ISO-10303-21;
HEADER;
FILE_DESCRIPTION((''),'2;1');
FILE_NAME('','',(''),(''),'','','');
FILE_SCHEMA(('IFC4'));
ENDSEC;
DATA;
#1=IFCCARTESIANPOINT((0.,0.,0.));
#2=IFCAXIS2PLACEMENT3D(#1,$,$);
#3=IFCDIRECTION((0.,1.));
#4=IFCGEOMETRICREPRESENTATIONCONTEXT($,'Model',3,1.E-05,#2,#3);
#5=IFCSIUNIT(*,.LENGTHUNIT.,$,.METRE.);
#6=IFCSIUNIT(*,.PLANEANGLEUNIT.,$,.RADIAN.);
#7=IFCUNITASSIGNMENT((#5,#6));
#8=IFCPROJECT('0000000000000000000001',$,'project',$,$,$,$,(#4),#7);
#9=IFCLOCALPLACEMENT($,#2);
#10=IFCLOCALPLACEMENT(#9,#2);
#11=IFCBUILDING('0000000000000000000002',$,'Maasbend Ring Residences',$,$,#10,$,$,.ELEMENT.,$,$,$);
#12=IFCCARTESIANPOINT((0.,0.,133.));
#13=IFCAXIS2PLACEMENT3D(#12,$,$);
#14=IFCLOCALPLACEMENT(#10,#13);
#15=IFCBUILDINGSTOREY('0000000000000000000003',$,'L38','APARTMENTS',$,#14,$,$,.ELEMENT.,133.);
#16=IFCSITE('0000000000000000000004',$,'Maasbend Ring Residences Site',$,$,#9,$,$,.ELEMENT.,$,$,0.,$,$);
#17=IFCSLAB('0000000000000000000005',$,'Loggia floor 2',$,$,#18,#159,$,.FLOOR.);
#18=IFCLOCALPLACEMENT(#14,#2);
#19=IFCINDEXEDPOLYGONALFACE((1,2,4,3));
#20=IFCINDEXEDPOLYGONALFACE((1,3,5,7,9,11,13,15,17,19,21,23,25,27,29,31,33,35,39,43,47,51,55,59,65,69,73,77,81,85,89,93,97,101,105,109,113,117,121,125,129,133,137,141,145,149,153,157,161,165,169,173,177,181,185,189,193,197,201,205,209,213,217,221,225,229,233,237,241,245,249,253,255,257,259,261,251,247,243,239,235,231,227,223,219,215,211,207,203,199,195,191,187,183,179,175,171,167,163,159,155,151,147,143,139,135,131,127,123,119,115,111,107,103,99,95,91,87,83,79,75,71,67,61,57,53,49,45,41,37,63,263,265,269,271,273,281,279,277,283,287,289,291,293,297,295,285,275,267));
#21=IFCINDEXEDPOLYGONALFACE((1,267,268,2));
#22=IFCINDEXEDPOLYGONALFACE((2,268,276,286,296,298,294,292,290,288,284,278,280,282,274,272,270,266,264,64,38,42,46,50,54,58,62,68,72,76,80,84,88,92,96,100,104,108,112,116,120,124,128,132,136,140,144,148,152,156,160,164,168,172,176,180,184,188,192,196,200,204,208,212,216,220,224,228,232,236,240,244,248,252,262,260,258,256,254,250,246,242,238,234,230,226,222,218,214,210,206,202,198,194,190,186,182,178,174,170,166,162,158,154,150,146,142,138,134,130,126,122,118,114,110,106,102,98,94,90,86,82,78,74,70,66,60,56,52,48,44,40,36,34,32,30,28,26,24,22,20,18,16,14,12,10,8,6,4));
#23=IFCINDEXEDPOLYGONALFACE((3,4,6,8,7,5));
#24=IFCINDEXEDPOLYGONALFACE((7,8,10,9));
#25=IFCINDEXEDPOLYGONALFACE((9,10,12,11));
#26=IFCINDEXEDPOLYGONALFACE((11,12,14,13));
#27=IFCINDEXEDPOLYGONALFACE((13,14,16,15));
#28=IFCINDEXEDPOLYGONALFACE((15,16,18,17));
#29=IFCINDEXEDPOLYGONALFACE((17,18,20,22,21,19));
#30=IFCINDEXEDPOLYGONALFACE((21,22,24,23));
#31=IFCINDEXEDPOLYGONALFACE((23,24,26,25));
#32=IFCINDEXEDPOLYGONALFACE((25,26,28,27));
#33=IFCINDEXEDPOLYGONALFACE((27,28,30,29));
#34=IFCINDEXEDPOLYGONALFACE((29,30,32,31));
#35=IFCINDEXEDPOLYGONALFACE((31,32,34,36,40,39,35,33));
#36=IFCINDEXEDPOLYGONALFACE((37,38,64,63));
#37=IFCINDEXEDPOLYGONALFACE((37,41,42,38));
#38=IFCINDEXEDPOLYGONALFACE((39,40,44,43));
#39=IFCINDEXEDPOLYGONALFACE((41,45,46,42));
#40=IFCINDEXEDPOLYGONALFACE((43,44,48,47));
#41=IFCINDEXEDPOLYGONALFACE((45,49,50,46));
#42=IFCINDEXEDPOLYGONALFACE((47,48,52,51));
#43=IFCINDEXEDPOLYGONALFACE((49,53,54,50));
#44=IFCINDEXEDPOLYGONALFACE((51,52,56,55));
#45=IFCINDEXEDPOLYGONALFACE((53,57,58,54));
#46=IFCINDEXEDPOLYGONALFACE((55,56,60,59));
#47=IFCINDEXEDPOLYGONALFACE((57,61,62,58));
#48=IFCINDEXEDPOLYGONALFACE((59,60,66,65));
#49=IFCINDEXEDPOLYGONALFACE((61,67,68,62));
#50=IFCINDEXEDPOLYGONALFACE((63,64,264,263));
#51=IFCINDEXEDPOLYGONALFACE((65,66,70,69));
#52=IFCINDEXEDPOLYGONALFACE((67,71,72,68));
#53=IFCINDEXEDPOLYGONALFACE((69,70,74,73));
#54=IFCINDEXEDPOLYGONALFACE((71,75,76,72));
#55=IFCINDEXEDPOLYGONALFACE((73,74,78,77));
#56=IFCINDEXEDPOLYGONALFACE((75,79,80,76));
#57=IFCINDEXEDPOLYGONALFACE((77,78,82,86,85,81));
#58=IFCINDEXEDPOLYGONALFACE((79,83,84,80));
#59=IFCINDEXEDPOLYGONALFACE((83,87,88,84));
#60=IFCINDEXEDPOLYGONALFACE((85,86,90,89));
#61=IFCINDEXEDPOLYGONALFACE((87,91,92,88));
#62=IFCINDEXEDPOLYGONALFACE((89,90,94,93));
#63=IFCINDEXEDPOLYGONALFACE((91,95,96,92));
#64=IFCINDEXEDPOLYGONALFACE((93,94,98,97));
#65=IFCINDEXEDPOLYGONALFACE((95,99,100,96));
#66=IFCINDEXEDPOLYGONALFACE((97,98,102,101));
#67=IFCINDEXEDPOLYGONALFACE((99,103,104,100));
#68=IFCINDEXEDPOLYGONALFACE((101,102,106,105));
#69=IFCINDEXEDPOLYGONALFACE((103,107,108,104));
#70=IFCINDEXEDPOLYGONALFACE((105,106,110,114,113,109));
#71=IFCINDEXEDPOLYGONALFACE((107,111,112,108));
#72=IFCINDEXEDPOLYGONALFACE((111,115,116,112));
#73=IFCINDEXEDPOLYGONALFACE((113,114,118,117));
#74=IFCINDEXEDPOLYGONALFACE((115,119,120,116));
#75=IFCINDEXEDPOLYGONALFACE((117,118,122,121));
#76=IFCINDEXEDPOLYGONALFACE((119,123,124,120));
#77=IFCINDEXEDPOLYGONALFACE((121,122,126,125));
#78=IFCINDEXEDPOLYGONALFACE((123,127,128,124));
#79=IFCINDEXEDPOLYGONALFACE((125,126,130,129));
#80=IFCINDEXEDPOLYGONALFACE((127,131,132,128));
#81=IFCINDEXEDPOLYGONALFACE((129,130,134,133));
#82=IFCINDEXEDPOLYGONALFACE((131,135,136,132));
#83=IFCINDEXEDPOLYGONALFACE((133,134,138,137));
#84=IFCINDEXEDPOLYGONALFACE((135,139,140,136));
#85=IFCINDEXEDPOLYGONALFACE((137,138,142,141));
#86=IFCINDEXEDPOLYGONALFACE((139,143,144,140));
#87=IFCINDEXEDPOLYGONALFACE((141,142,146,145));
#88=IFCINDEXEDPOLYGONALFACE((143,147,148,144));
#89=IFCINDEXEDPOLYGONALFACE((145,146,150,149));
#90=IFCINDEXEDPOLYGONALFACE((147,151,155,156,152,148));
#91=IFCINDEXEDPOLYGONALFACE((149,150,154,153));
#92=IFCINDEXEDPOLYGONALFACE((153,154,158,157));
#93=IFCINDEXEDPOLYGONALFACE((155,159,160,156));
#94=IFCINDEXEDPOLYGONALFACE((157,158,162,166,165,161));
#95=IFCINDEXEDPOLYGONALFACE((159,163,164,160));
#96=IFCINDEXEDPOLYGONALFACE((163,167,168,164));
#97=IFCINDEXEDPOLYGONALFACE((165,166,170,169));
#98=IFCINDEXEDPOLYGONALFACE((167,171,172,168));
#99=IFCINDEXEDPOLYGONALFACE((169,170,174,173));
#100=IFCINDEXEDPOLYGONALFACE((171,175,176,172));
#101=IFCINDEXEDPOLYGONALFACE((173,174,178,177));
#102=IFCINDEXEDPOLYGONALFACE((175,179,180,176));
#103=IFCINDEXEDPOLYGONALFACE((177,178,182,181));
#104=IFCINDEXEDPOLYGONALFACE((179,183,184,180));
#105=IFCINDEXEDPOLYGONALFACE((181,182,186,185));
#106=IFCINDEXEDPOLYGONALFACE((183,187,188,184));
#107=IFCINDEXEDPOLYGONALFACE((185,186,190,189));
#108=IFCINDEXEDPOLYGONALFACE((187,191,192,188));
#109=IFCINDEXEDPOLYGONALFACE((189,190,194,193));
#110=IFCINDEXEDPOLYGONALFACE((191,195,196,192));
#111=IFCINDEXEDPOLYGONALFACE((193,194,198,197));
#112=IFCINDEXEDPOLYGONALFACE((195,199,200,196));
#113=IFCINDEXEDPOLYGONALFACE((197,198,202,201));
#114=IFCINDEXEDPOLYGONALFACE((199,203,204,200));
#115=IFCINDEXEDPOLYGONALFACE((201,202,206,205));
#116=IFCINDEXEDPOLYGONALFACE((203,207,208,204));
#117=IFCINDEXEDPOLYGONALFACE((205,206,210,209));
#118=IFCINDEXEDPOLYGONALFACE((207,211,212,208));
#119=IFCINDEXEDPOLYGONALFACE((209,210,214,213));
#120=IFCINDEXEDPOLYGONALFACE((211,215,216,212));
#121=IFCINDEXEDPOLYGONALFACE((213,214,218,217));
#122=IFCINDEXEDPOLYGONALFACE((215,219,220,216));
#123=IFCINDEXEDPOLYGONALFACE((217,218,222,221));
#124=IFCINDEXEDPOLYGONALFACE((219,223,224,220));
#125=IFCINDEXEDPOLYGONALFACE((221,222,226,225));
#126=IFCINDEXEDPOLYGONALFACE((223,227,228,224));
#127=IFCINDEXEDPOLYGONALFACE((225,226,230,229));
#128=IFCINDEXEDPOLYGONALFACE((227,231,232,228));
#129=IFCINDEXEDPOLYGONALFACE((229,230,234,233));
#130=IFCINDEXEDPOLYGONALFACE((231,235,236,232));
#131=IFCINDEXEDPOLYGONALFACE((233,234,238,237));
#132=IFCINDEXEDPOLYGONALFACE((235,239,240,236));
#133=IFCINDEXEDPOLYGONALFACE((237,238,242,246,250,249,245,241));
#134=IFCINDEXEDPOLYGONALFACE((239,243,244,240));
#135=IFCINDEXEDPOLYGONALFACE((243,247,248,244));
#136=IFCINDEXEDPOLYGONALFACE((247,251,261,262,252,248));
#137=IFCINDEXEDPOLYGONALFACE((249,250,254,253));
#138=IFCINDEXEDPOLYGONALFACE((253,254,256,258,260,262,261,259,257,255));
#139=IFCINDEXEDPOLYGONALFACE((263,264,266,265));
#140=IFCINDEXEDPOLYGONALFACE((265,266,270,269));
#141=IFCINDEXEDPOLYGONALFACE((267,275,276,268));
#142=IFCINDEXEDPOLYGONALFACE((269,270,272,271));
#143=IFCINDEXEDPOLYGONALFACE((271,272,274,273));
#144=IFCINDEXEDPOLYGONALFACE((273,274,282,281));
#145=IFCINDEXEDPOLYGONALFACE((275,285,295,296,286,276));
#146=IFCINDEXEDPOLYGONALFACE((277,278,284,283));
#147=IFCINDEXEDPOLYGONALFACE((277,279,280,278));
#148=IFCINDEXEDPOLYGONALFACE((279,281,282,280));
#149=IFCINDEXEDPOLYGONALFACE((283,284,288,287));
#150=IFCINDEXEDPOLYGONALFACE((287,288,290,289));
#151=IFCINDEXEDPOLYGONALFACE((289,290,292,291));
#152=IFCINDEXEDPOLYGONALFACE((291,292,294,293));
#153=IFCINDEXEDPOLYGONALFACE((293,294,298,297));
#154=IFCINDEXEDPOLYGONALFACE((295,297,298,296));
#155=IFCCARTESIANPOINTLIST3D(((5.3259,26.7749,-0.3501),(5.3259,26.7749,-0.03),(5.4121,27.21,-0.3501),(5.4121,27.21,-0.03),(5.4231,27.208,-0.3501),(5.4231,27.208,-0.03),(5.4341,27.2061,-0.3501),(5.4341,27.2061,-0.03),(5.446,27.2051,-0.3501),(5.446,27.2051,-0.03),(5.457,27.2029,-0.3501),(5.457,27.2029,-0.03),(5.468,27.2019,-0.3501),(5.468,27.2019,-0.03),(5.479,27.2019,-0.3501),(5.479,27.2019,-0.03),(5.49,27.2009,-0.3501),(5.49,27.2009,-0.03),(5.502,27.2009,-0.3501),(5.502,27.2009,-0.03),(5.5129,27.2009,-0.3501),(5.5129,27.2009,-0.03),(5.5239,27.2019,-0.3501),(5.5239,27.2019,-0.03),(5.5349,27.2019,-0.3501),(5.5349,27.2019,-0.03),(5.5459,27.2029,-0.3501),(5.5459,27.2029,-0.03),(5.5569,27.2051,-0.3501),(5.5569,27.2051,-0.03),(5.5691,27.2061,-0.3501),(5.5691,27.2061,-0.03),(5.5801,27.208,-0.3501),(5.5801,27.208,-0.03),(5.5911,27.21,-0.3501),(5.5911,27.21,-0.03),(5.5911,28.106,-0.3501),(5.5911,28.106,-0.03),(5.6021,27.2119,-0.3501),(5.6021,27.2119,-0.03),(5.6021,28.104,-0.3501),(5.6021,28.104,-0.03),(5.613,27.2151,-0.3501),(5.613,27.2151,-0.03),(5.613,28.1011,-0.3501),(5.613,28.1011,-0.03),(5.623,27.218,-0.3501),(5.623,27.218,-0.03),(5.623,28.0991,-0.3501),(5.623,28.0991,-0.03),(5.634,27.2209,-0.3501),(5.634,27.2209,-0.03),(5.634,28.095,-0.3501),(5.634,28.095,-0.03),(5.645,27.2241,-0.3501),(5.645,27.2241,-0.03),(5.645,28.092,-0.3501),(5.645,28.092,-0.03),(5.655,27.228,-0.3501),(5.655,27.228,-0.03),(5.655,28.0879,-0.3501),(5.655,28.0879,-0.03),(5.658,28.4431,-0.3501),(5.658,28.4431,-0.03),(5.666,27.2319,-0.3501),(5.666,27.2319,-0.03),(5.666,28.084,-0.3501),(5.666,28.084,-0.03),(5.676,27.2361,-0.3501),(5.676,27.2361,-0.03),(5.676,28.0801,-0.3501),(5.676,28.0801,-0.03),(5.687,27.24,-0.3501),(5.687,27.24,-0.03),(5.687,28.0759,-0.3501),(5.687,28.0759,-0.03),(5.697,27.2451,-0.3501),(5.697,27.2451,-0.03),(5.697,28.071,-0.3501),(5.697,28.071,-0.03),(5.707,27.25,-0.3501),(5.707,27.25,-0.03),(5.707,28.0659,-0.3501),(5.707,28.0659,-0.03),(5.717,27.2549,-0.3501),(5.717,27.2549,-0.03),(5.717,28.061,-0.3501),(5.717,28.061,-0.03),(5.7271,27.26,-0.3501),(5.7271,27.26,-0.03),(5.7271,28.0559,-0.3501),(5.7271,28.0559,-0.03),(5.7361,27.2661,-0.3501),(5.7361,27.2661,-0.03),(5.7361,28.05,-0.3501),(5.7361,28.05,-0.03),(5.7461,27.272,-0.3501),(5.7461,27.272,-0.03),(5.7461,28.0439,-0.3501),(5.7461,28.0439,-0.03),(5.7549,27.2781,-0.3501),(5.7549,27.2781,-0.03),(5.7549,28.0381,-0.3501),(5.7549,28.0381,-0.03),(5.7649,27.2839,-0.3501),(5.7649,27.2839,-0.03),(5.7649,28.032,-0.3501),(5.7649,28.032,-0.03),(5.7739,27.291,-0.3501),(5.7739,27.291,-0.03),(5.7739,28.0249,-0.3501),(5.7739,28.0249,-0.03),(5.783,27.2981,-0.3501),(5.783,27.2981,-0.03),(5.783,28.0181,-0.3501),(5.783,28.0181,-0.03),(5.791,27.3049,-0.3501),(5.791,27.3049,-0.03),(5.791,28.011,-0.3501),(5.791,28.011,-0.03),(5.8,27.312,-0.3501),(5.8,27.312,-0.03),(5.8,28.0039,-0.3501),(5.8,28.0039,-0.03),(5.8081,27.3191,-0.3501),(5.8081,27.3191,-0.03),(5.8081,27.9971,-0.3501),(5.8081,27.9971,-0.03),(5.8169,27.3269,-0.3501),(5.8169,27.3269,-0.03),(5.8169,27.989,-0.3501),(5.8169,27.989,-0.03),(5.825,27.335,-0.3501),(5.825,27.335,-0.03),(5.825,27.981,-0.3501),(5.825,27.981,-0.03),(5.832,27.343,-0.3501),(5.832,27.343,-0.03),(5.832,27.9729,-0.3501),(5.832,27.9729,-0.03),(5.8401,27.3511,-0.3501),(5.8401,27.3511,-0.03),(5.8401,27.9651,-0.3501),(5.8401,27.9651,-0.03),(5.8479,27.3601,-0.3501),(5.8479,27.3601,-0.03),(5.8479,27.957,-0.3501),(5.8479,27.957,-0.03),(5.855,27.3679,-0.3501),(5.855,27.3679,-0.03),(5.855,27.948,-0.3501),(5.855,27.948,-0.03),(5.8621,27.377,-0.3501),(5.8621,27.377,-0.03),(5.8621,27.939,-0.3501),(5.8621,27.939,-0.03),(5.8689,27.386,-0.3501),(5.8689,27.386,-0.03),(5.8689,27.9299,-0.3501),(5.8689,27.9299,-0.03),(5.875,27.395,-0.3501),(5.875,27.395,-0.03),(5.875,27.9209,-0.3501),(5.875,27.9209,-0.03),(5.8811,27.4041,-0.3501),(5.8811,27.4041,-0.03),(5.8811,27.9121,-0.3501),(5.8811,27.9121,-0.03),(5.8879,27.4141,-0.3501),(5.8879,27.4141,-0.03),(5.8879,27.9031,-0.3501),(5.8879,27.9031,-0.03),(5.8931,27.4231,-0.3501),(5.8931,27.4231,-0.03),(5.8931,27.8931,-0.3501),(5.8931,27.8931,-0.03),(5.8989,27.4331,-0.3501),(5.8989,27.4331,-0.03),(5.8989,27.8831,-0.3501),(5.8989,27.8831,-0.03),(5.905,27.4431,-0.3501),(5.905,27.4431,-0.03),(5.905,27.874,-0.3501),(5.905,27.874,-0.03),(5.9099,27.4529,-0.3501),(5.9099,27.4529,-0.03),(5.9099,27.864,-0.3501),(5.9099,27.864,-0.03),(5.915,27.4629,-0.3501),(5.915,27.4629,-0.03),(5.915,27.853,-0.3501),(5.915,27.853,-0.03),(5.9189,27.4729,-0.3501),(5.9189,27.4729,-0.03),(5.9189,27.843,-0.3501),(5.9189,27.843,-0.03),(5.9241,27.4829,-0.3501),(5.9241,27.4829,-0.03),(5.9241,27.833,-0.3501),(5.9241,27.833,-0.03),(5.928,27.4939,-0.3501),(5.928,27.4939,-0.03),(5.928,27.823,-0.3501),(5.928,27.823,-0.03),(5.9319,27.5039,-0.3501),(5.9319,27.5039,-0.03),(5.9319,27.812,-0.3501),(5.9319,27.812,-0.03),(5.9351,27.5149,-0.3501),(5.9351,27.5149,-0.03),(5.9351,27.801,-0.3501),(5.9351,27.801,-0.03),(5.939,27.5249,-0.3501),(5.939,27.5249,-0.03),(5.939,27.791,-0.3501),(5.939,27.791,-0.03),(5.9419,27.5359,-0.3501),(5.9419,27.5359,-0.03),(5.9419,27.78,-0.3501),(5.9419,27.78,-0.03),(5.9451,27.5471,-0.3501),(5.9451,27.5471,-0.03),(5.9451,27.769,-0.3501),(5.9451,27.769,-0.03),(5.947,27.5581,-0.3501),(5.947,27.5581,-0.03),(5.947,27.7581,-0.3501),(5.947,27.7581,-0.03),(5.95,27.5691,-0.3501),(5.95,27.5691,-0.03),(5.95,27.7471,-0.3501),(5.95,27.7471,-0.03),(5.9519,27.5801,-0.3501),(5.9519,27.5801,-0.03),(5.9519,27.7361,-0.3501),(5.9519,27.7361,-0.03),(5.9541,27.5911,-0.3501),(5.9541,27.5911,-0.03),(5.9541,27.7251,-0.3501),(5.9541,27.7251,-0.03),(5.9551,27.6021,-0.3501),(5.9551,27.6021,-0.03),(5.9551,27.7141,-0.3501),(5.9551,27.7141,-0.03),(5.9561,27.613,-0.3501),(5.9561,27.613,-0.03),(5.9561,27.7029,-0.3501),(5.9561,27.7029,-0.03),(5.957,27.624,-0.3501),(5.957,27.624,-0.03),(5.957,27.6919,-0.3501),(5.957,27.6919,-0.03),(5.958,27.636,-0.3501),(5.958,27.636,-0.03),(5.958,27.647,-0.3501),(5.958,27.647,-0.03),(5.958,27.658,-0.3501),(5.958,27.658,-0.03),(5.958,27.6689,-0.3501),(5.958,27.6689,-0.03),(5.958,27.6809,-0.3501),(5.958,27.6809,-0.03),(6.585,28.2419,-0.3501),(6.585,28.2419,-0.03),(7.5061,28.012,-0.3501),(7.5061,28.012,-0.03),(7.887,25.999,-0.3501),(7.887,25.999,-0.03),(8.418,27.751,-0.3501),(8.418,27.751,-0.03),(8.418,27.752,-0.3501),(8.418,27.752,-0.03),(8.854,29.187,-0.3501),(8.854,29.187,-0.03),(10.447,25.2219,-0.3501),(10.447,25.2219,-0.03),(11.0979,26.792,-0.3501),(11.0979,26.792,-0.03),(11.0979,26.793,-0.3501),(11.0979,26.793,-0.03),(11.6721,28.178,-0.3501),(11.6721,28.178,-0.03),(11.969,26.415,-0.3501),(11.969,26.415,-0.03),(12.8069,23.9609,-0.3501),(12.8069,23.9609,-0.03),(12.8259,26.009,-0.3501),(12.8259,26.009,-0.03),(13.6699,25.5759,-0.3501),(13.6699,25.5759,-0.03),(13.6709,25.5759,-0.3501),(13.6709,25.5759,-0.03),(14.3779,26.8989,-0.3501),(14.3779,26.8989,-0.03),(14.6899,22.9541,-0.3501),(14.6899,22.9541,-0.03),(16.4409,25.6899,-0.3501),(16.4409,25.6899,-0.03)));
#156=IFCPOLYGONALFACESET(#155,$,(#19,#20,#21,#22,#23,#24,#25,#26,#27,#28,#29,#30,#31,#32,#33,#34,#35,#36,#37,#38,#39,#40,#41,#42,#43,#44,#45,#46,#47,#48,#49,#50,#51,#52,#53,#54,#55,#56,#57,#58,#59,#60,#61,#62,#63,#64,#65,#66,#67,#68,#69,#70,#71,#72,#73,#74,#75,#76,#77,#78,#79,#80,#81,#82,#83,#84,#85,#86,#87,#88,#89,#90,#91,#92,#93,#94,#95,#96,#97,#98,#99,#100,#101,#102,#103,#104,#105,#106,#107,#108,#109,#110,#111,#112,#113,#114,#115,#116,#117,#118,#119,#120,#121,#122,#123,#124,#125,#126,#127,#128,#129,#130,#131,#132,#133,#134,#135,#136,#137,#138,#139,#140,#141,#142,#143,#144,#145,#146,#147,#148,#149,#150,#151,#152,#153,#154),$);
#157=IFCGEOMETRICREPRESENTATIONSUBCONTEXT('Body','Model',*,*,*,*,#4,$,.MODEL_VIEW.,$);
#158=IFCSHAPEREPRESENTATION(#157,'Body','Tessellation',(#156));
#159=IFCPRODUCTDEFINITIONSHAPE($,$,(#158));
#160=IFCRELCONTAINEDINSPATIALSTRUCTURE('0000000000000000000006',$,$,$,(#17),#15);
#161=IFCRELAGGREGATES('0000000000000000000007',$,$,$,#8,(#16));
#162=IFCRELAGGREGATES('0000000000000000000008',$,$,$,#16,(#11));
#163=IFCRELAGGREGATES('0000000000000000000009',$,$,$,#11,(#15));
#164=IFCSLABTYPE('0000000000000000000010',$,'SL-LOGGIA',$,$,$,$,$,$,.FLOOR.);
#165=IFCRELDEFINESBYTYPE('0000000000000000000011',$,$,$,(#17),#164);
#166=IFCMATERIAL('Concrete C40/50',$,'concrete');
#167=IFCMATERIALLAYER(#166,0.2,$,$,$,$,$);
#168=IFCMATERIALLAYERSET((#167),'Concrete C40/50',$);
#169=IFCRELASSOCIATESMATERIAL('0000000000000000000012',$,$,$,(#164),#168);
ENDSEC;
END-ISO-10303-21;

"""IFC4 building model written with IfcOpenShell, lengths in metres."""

from ifc_helpers import new_model, si_unit, direction, frame, origin, place, context, subcontext, project, spatial, polyline, outline, extrude, material, layer, layer_set, type_object, element, save


model = new_model("IFC4")

# Units and contexts
model_context = context("Model", 3, precision=1e-05, world=origin(), true_north=direction((0.0, 1.0)))
body_context = subcontext(model_context, "Body", "Model", "MODEL_VIEW")
ifc_project = project(units=[si_unit("LENGTHUNIT", "METRE"), si_unit("PLANEANGLEUNIT", "RADIAN")], contexts=[model_context])

# Site, building, storey
site_placement = place(None, origin())
site = spatial("IfcSite", under=ifc_project, at=site_placement, Name="Maasbend Ring Residences Site", CompositionType="ELEMENT", RefElevation=0.0)
building_placement = place(site_placement, origin())
building = spatial("IfcBuilding", under=site, at=building_placement, Name="Maasbend Ring Residences", CompositionType="ELEMENT")
storey_placement = place(building_placement, frame((0.0, 0.0, 133.0)))
storey = spatial("IfcBuildingStorey", under=building, at=storey_placement, Name="L38", Description="APARTMENTS", CompositionType="ELEMENT", Elevation=133.0)

# Slab
ifc_material_1 = material(Name="Concrete C40/50", Category="concrete")
ifc_layer_1 = layer(ifc_material_1, 0.2)
ifc_layer_set_1 = layer_set([ifc_layer_1], Name="Concrete C40/50")
slab_type_1 = type_object("IfcSlabType", Name="SL-LOGGIA", PredefinedType="FLOOR", material=ifc_layer_set_1)
slab_1_placement = place(storey_placement, frame((0.0, 0.0, -0.3501)))
element("IfcSlab", 1, at=slab_1_placement, inside=storey, type_object=slab_type_1, Name="Loggia floor 2", PredefinedType="FLOOR", context=body_context, shape_type="SweptSolid", body=[
    extrude(outline(polyline([(5.446, 27.2051), (5.457, 27.2029), (5.468, 27.2019), (5.479, 27.2019), (5.49, 27.2009), (5.502, 27.2009), (5.5129, 27.2009), (5.5239, 27.2019), (5.5349, 27.2019), (5.5459, 27.2029), (5.5569, 27.2051), (5.5691, 27.2061), (5.5801, 27.208), (5.5911, 27.21), (5.6021, 27.2119), (5.613, 27.2151), (5.623, 27.218), (5.634, 27.2209), (5.645, 27.2241), (5.655, 27.228), (5.666, 27.2319), (5.676, 27.2361), (5.687, 27.24), (5.697, 27.2451), (5.707, 27.25), (5.717, 27.2549), (5.7271, 27.26), (5.7361, 27.2661), (5.7461, 27.272), (5.7549, 27.2781), (5.7649, 27.2839), (5.7739, 27.291), (5.783, 27.2981), (5.791, 27.3049), (5.8, 27.312), (5.8081, 27.3191), (5.8169, 27.3269), (5.825, 27.335), (5.832, 27.343), (5.8401, 27.3511), (5.8479, 27.3601), (5.855, 27.3679), (5.8621, 27.377), (5.8689, 27.386), (5.875, 27.395), (5.8811, 27.4041), (5.8879, 27.4141), (5.8931, 27.4231), (5.8989, 27.4331), (5.905, 27.4431), (5.9099, 27.4529), (5.915, 27.4629), (5.9189, 27.4729), (5.9241, 27.4829), (5.928, 27.4939), (5.9319, 27.5039), (5.9351, 27.5149), (5.939, 27.5249), (5.9419, 27.5359), (5.9451, 27.5471), (5.947, 27.5581), (5.95, 27.5691), (5.9519, 27.5801), (5.9541, 27.5911), (5.9551, 27.6021), (5.9561, 27.613), (5.957, 27.624), (5.958, 27.636), (5.958, 27.647), (5.958, 27.658), (5.958, 27.6689), (5.958, 27.6809), (5.957, 27.6919), (5.9561, 27.7029), (5.9551, 27.7141), (5.9541, 27.7251), (5.9519, 27.7361), (5.95, 27.7471), (5.947, 27.7581), (5.9451, 27.769), (5.9419, 27.78), (5.939, 27.791), (5.9351, 27.801), (5.9319, 27.812), (5.928, 27.823), (5.9241, 27.833), (5.9189, 27.843), (5.915, 27.853), (5.9099, 27.864), (5.905, 27.874), (5.8989, 27.8831), (5.8931, 27.8931), (5.8879, 27.9031), (5.8811, 27.9121), (5.875, 27.9209), (5.8689, 27.9299), (5.8621, 27.939), (5.855, 27.948), (5.8479, 27.957), (5.8401, 27.9651), (5.832, 27.9729), (5.825, 27.981), (5.8169, 27.989), (5.8081, 27.9971), (5.8, 28.0039), (5.791, 28.011), (5.783, 28.0181), (5.7739, 28.0249), (5.7649, 28.032), (5.7549, 28.0381), (5.7461, 28.0439), (5.7361, 28.05), (5.7271, 28.0559), (5.717, 28.061), (5.707, 28.0659), (5.697, 28.071), (5.687, 28.0759), (5.676, 28.0801), (5.666, 28.084), (5.655, 28.0879), (5.645, 28.092), (5.634, 28.095), (5.623, 28.0991), (5.613, 28.1011), (5.6021, 28.104), (5.5911, 28.106), (5.658, 28.4431), (5.658, 28.4431), (5.658, 28.4431), (6.585, 28.2419), (6.585, 28.2419), (7.5061, 28.012), (7.5061, 28.012), (8.418, 27.751), (8.418, 27.751), (8.418, 27.751), (8.418, 27.751), (8.418, 27.751), (8.418, 27.751), (8.418, 27.751), (8.418, 27.751), (8.418, 27.751), (8.418, 27.751), (8.418, 27.752), (8.418, 27.752), (8.418, 27.752), (8.418, 27.752), (8.418, 27.752), (8.418, 27.752), (8.418, 27.752), (8.854, 29.187), (8.854, 29.187), (8.854, 29.187), (11.6721, 28.178), (11.6721, 28.178), (11.6721, 28.178), (11.0979, 26.793), (11.0979, 26.793), (11.0979, 26.793), (11.0979, 26.793), (11.0979, 26.793), (11.0979, 26.793), (11.0979, 26.793), (11.0979, 26.793), (11.0979, 26.793), (11.0979, 26.793), (11.0979, 26.792), (11.0979, 26.792), (11.0979, 26.792), (11.0979, 26.792), (11.0979, 26.792), (11.0979, 26.792), (11.0979, 26.792), (11.969, 26.415), (11.969, 26.415), (12.8259, 26.009), (12.8259, 26.009), (13.6699, 25.5759), (13.6699, 25.5759), (13.6699, 25.5759), (13.6699, 25.5759), (13.6699, 25.5759), (13.6699, 25.5759), (13.6699, 25.5759), (13.6699, 25.5759), (13.6699, 25.5759), (13.6699, 25.5759), (13.6709, 25.5759), (13.6709, 25.5759), (13.6709, 25.5759), (13.6709, 25.5759), (13.6709, 25.5759), (13.6709, 25.5759), (13.6709, 25.5759), (14.3779, 26.8989), (14.3779, 26.8989), (14.3779, 26.8989), (16.4409, 25.6899), (16.4409, 25.6899), (16.4409, 25.6899), (14.6899, 22.9541), (14.6899, 22.9541), (14.6899, 22.9541), (12.8069, 23.9609), (10.447, 25.2219), (10.447, 25.2219), (10.447, 25.2219), (7.887, 25.999), (5.3259, 26.7749), (5.3259, 26.7749), (5.3259, 26.7749), (5.4121, 27.21), (5.4231, 27.208), (5.4341, 27.2061), (5.446, 27.2051)])), origin(), (0.0, 0.0, 1.0), 0.3201),
])

save(model, "model.ifc")
